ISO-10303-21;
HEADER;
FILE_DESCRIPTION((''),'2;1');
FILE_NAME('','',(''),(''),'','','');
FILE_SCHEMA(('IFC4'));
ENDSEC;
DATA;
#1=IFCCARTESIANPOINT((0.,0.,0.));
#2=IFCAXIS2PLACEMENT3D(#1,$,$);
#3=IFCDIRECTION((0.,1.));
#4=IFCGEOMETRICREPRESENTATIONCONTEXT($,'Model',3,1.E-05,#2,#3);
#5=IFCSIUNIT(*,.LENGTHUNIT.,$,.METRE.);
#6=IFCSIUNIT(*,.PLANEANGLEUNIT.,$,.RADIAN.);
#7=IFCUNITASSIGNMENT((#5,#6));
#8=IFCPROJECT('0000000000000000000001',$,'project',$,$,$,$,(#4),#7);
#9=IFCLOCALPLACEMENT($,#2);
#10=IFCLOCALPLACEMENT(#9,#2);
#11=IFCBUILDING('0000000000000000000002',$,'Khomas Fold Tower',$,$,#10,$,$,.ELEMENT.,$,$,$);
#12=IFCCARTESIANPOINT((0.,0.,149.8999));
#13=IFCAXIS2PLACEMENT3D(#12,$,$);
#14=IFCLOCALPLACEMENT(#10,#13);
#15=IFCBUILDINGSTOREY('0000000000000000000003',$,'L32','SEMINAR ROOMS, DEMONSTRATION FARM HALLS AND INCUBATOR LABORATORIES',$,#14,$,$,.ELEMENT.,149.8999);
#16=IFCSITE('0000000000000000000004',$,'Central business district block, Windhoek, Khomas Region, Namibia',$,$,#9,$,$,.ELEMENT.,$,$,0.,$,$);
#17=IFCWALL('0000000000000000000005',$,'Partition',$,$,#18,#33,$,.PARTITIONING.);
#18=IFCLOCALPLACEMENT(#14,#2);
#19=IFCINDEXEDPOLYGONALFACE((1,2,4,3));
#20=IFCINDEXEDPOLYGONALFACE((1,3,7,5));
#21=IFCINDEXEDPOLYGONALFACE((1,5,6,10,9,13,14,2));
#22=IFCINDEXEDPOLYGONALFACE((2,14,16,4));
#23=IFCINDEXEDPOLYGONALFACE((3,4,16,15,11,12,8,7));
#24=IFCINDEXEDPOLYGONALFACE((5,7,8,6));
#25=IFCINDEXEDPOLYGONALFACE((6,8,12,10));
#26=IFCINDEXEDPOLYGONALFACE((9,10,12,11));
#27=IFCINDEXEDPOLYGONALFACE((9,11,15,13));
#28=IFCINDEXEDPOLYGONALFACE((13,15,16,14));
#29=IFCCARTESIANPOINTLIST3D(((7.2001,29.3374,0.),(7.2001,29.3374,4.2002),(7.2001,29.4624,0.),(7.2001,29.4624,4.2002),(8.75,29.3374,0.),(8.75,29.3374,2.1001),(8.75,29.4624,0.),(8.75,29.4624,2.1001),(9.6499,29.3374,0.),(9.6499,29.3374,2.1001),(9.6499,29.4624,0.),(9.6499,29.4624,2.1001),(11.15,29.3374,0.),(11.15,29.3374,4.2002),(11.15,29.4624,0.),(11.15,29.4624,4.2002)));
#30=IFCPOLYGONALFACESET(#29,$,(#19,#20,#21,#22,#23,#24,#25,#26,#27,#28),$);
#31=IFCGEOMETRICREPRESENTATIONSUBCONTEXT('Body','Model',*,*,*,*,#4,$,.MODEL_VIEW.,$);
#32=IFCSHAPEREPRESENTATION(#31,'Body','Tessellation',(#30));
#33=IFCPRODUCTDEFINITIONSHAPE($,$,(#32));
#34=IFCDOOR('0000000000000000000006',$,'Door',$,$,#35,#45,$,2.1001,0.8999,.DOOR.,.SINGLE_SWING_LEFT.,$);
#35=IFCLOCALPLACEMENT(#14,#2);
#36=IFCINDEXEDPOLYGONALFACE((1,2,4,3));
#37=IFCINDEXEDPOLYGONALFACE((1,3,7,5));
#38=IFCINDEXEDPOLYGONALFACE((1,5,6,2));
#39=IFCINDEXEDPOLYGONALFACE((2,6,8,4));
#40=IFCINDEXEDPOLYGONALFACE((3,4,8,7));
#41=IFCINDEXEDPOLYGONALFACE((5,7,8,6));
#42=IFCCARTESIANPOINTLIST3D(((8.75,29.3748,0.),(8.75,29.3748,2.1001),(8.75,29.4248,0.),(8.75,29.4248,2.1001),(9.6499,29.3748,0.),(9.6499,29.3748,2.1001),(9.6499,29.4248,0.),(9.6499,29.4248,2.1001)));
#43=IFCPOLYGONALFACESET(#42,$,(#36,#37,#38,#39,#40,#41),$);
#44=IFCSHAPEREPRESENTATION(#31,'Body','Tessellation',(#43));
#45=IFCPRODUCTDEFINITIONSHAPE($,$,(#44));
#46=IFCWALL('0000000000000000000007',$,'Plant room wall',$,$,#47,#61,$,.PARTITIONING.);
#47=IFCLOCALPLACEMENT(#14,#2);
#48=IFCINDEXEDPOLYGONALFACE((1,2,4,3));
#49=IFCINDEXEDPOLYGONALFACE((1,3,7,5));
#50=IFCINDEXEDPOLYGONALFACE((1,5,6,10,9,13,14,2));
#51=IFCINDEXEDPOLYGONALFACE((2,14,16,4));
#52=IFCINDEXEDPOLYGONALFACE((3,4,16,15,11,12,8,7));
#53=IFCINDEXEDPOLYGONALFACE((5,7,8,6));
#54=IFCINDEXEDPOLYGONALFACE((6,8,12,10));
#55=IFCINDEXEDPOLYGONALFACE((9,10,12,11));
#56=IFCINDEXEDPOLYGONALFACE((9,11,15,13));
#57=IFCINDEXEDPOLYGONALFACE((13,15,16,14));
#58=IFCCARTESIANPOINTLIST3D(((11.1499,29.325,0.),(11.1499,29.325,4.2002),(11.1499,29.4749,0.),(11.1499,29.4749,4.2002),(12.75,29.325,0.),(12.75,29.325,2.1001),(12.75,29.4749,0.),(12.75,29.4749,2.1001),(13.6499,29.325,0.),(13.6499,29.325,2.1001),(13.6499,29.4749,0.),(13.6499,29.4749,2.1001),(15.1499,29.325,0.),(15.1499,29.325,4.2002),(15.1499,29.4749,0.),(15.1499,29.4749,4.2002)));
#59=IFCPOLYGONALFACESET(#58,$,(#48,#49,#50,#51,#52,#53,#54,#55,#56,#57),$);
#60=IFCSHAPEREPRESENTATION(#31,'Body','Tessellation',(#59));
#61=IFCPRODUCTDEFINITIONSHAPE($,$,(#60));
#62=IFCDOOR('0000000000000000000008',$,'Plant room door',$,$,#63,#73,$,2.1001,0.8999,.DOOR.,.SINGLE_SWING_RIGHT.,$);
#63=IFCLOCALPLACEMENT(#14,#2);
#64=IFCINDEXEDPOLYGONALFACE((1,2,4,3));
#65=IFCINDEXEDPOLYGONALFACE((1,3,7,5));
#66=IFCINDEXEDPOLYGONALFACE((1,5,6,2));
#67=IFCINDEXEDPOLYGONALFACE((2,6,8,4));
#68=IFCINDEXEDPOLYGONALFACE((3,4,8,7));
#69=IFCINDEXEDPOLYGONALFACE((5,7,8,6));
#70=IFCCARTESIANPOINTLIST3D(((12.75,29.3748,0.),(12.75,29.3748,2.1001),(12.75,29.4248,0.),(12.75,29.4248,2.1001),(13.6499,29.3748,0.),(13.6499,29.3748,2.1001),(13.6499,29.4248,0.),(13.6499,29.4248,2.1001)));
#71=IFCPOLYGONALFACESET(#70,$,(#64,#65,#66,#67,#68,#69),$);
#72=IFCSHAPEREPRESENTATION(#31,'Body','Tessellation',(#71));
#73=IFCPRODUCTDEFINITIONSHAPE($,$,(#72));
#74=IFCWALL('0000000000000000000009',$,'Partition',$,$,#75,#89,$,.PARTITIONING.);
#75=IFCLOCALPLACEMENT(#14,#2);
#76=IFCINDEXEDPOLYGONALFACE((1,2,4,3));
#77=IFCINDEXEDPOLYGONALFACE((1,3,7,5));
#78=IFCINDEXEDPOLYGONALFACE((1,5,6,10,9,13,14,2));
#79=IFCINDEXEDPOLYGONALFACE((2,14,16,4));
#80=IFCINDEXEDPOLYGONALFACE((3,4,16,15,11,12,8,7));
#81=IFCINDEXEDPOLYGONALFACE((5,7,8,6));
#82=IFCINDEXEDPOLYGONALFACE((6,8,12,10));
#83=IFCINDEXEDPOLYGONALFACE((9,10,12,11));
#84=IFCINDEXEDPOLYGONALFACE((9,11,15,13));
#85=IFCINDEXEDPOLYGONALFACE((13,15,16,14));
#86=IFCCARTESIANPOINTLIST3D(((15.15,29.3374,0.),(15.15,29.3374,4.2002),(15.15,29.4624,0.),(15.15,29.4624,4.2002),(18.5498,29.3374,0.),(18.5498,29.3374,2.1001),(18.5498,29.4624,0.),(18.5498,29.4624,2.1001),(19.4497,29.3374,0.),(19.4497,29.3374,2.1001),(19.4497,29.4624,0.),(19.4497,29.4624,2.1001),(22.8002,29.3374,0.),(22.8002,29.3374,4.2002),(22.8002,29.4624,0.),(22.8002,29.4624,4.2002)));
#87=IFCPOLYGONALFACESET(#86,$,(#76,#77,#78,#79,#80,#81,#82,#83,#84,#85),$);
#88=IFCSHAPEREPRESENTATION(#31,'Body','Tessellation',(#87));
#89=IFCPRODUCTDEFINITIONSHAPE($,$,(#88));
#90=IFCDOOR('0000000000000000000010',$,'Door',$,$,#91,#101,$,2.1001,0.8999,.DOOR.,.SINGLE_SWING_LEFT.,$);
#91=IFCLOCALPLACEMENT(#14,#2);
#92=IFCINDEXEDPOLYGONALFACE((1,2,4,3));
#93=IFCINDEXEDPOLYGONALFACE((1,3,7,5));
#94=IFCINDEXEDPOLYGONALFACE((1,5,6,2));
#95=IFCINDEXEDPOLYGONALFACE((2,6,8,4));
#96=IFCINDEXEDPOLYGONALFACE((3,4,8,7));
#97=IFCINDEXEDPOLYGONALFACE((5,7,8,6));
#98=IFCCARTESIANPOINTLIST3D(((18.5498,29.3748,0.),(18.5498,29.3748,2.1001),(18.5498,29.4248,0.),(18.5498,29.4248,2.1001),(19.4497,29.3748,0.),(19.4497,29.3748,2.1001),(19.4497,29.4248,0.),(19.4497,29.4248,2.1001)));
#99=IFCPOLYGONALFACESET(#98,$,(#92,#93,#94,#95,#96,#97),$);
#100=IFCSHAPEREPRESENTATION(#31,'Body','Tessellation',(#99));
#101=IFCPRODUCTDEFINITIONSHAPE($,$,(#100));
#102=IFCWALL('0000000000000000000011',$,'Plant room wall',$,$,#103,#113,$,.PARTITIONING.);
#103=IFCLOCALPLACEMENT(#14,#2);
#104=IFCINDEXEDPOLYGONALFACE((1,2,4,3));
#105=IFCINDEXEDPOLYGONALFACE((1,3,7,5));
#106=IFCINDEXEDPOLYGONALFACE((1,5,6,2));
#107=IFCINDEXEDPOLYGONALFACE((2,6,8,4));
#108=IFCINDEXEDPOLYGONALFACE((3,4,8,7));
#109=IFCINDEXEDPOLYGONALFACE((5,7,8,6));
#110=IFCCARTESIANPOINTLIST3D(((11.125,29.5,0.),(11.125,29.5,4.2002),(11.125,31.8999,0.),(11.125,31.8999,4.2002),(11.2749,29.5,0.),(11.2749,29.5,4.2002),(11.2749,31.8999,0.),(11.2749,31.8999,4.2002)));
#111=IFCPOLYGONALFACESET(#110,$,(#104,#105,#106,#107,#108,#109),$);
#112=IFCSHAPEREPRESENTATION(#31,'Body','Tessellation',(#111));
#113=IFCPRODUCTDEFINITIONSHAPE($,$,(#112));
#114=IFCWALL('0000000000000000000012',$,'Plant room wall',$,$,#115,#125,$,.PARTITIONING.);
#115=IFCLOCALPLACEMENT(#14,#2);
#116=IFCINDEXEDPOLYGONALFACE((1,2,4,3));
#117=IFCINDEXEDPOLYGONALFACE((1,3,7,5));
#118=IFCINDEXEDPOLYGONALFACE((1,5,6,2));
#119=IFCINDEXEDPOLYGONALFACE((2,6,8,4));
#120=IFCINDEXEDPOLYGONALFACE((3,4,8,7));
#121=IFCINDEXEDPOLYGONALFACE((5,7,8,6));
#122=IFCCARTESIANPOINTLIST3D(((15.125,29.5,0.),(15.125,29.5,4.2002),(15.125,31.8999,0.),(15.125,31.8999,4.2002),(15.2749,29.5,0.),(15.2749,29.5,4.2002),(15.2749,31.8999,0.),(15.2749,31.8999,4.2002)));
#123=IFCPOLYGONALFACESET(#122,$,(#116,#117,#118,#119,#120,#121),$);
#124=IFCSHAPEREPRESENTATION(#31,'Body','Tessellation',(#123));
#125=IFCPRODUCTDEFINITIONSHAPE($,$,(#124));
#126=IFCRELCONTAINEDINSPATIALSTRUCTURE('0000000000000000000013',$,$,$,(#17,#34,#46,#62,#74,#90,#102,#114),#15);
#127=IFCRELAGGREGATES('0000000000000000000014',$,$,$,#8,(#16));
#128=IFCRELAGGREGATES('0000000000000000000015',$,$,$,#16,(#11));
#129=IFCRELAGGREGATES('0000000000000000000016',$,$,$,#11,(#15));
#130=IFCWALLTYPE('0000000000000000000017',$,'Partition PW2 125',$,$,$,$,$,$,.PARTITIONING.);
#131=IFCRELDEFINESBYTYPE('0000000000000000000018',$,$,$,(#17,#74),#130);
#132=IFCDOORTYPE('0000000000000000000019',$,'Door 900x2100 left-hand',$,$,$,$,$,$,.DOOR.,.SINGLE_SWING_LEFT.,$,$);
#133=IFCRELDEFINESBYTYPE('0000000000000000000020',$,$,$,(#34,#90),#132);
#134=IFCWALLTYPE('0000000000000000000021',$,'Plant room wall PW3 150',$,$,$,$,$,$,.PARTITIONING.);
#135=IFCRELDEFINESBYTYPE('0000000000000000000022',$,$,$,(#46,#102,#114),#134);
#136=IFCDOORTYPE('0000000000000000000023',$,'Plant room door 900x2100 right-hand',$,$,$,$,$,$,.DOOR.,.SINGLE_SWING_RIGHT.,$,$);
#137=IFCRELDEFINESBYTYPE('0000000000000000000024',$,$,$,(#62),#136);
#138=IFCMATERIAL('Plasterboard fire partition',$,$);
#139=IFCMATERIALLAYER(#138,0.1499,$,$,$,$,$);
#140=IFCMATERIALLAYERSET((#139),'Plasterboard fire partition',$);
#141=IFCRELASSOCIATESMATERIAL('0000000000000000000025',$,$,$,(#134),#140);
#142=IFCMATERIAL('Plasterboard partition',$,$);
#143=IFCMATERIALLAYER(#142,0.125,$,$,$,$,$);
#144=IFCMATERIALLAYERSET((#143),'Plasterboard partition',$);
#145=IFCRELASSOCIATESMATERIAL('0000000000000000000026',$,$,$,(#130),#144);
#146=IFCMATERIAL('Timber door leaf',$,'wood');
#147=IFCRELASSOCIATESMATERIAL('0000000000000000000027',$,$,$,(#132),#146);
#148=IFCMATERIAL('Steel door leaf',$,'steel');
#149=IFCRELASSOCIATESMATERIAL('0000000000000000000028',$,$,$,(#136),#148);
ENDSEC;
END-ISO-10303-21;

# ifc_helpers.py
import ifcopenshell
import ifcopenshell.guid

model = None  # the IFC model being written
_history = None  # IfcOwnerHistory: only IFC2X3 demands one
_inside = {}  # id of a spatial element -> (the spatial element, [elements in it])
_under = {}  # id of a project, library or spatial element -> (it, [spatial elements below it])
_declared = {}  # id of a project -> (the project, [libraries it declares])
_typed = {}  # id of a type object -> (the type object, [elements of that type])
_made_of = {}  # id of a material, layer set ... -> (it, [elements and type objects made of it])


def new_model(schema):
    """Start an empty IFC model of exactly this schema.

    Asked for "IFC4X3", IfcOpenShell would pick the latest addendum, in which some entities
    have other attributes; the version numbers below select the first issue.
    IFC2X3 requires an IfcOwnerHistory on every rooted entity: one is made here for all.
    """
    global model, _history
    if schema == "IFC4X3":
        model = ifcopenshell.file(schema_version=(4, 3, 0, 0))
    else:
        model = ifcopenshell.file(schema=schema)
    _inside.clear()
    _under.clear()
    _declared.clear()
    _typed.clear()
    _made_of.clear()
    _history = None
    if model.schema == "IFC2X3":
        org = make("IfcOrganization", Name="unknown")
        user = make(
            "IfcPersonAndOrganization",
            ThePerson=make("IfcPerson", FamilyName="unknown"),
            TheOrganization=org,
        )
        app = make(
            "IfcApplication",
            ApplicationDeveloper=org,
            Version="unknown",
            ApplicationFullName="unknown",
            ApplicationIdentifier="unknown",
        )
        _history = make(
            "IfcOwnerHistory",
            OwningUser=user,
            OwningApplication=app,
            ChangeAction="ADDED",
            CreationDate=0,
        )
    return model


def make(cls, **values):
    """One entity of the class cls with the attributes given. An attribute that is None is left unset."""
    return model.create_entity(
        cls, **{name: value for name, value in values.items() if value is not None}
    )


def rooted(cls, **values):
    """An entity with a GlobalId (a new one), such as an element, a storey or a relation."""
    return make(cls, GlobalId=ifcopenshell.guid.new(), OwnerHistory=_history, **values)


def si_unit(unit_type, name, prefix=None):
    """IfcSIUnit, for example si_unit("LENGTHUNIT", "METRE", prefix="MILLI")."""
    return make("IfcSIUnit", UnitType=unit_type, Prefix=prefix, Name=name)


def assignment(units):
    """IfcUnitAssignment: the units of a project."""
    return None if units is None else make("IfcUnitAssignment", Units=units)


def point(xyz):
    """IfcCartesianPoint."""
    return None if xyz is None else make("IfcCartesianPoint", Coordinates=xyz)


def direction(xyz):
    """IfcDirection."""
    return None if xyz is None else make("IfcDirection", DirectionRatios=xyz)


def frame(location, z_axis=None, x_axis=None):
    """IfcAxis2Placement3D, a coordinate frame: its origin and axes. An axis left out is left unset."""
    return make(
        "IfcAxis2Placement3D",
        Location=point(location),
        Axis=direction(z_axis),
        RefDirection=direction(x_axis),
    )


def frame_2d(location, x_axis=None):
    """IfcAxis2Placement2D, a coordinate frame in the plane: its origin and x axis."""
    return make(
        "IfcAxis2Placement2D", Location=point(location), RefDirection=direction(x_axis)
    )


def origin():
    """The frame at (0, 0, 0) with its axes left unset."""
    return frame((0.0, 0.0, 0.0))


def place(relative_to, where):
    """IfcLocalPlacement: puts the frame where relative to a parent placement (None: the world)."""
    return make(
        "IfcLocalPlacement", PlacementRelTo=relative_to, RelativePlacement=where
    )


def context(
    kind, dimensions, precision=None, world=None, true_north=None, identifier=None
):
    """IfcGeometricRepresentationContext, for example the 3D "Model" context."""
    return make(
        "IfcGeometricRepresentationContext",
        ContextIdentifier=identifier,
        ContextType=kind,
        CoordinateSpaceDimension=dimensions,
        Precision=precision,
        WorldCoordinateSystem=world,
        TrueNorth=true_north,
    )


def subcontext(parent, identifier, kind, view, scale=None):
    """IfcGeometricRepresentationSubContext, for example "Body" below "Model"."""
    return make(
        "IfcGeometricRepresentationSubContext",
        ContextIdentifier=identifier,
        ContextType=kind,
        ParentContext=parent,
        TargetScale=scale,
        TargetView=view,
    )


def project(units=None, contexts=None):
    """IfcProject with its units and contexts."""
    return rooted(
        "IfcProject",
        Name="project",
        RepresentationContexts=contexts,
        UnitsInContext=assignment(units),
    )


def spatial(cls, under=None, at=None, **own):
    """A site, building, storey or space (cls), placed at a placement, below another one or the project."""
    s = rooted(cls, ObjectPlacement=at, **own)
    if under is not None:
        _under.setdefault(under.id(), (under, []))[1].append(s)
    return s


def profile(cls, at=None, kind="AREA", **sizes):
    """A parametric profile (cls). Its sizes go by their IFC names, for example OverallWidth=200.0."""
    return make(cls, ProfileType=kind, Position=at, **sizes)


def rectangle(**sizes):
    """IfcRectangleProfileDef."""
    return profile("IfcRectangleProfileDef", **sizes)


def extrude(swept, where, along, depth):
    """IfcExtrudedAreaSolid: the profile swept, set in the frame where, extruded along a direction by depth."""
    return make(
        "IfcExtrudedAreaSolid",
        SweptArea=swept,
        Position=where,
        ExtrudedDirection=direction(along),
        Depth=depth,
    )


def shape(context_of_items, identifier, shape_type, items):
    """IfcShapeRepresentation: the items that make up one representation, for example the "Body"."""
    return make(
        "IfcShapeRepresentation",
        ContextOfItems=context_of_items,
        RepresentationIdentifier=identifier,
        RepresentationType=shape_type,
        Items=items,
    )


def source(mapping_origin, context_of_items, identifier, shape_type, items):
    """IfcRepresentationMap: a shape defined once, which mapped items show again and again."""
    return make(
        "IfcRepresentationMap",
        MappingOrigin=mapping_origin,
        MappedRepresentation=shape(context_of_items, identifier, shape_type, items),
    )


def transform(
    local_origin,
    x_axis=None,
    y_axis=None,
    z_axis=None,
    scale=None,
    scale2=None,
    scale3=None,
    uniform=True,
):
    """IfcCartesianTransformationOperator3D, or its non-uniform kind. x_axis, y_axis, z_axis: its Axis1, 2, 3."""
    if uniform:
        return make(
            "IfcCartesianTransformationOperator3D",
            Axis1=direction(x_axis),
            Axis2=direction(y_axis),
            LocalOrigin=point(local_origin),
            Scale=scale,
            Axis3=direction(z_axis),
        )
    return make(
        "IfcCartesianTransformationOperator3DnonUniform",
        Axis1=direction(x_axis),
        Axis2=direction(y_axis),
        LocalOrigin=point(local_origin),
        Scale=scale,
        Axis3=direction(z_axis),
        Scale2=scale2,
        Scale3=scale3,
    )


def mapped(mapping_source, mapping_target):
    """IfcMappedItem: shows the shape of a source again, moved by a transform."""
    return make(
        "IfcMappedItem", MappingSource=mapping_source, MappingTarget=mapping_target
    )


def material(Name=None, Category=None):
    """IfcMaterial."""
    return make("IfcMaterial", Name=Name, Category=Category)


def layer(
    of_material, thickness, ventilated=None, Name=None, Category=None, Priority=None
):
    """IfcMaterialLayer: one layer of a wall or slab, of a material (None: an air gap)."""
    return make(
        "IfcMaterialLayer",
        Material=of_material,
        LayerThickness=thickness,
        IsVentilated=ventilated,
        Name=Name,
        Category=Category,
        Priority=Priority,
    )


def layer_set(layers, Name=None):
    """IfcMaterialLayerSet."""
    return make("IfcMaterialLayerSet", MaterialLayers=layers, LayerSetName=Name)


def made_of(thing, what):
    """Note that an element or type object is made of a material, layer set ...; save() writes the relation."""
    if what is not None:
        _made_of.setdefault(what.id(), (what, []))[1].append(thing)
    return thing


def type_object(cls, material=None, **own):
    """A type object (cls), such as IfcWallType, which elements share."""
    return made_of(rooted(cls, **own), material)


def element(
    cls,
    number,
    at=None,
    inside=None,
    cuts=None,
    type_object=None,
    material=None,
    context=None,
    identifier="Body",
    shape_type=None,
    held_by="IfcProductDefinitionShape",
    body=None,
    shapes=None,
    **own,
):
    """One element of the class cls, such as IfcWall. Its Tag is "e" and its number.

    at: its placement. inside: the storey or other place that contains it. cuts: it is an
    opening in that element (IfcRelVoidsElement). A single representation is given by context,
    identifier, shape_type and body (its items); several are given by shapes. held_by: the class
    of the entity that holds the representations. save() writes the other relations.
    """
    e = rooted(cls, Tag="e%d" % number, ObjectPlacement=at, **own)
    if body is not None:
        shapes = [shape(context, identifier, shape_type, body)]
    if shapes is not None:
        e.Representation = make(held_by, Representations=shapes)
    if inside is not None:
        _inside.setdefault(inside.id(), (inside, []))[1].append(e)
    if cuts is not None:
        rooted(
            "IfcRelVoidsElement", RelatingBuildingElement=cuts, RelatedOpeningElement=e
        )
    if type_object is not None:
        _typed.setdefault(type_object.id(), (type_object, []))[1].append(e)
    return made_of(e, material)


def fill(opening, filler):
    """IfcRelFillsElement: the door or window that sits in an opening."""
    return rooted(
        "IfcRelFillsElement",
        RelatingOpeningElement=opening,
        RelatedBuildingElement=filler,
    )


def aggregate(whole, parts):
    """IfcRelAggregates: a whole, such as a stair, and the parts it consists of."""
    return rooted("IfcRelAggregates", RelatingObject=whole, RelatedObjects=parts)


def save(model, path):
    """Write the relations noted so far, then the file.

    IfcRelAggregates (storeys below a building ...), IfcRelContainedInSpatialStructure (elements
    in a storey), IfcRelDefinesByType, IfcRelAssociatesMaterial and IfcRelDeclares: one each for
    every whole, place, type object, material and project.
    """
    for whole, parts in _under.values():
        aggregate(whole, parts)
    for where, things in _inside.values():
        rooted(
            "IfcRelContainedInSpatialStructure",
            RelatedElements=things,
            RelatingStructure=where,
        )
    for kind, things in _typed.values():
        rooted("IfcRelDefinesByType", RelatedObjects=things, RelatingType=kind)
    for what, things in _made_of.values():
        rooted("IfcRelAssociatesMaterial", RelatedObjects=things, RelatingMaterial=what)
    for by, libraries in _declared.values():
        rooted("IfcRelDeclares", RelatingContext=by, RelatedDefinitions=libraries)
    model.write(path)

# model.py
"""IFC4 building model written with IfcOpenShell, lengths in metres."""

from ifc_helpers import new_model, si_unit, direction, frame, frame_2d, origin, place, context, subcontext, project, spatial, rectangle, extrude, source, transform, mapped, material, layer, layer_set, type_object, element, fill, save


model = new_model("IFC4")

# Units and contexts
model_context = context("Model", 3, precision=1e-05, world=origin(), true_north=direction((0.0, 1.0)))
body_context = subcontext(model_context, "Body", "Model", "MODEL_VIEW")
ifc_project = project(units=[si_unit("LENGTHUNIT", "METRE"), si_unit("PLANEANGLEUNIT", "RADIAN")], contexts=[model_context])

# Site, building, storey
site_placement = place(None, origin())
site = spatial("IfcSite", under=ifc_project, at=site_placement, Name="Central business district block, Windhoek, Khomas Region, Namibia", CompositionType="ELEMENT", RefElevation=0.0)
building_placement = place(site_placement, origin())
building = spatial("IfcBuilding", under=site, at=building_placement, Name="Khomas Fold Tower", CompositionType="ELEMENT")
storey_placement = place(building_placement, frame((0.0, 0.0, 149.8999)))
storey = spatial("IfcBuildingStorey", under=building, at=storey_placement, Name="L32", Description="SEMINAR ROOMS, DEMONSTRATION FARM HALLS AND INCUBATOR LABORATORIES", CompositionType="ELEMENT", Elevation=149.8999)

# Shared definitions
ifc_material_1 = material(Name="Plasterboard fire partition")
ifc_layer_1 = layer(ifc_material_1, 0.1499)
ifc_layer_set_1 = layer_set([ifc_layer_1], Name="Plasterboard fire partition")
wall_type_1 = type_object("IfcWallType", Name="Plant room wall PW3 150", PredefinedType="PARTITIONING", material=ifc_layer_set_1)

# Shared definitions
ifc_material_2 = material(Name="Plasterboard partition")
ifc_layer_2 = layer(ifc_material_2, 0.125)
ifc_layer_set_2 = layer_set([ifc_layer_2], Name="Plasterboard partition")
wall_type_2 = type_object("IfcWallType", Name="Partition PW2 125", PredefinedType="PARTITIONING", material=ifc_layer_set_2)
shared_shape_1 = source(origin(), body_context, "Body", "SweptSolid", [
    extrude(rectangle(XDim=0.8999, YDim=2.1001, at=frame_2d((0.45, 1.05))), frame((0.0, 0.0725, 0.0), z_axis=(0.0, -1.0, 0.0), x_axis=(1.0, 0.0, 0.0)), (0.0, 0.0, 1.0), 0.145),
])
shared_shape_2 = source(origin(), body_context, "Body", "SweptSolid", [
    extrude(rectangle(XDim=0.8999, YDim=2.1001, at=frame_2d((0.45, 1.05))), frame((0.0, 0.0249, 0.0), z_axis=(0.0, -1.0, 0.0), x_axis=(1.0, 0.0, 0.0)), (0.0, 0.0, 1.0), 0.05),
])

# Walls, openings, doors
shared_shape_3 = source(origin(), body_context, "Body", "SweptSolid", [
    extrude(rectangle(XDim=3.95, YDim=0.125, at=frame_2d((1.9751, 0.0))), origin(), (0.0, 0.0, 1.0), 4.2002),
])
wall_1_placement = place(storey_placement, frame((7.2, 29.3999, 0.0), z_axis=(0.0, 0.0, 1.0), x_axis=(1.0, 0.0, 0.0)))
wall_1 = element("IfcWall", 1, at=wall_1_placement, inside=storey, type_object=wall_type_2, Name="Partition", PredefinedType="PARTITIONING", context=body_context, shape_type="MappedRepresentation", body=[
    mapped(shared_shape_3, transform((0.0, 0.0, 0.0))),
])
opening_1_placement = place(wall_1_placement, frame((1.55, 0.0, 0.0)))
opening_1 = element("IfcOpeningElement", 2, at=opening_1_placement, cuts=wall_1, PredefinedType="OPENING", context=body_context, shape_type="MappedRepresentation", body=[
    mapped(shared_shape_1, transform((0.0, 0.0, 0.0))),
])
ifc_material_3 = material(Name="Timber door leaf", Category="wood")
door_type_1 = type_object("IfcDoorType", Name="Door 900x2100 left-hand", OperationType="SINGLE_SWING_LEFT", PredefinedType="DOOR", material=ifc_material_3)
door_1_placement = place(opening_1_placement, origin())
door_1 = element("IfcDoor", 3, at=door_1_placement, inside=storey, type_object=door_type_1, Name="Door", OperationType="SINGLE_SWING_LEFT", OverallHeight=2.1001, OverallWidth=0.8999, PredefinedType="DOOR", context=body_context, shape_type="MappedRepresentation", body=[
    mapped(shared_shape_2, transform((0.0, 0.0, 0.0))),
])
fill(opening_1, door_1)
shared_shape_4 = source(origin(), body_context, "Body", "SweptSolid", [
    extrude(rectangle(XDim=4.0, YDim=0.1499, at=frame_2d((2.0, 0.0))), origin(), (0.0, 0.0, 1.0), 4.2002),
])
wall_2_placement = place(storey_placement, frame((11.1499, 29.3999, 0.0), z_axis=(0.0, 0.0, 1.0), x_axis=(1.0, 0.0, 0.0)))
wall_2 = element("IfcWall", 4, at=wall_2_placement, inside=storey, type_object=wall_type_1, Name="Plant room wall", PredefinedType="PARTITIONING", context=body_context, shape_type="MappedRepresentation", body=[
    mapped(shared_shape_4, transform((0.0, 0.0, 0.0))),
])
shared_shape_5 = source(origin(), body_context, "Body", "SweptSolid", [
    extrude(rectangle(XDim=0.8999, YDim=2.1001, at=frame_2d((0.45, 1.05))), frame((0.0, 0.085, 0.0), z_axis=(0.0, -1.0, 0.0), x_axis=(1.0, 0.0, 0.0)), (0.0, 0.0, 1.0), 0.1699),
])
opening_2_placement = place(wall_2_placement, frame((1.6001, 0.0, 0.0)))
opening_2 = element("IfcOpeningElement", 5, at=opening_2_placement, cuts=wall_2, PredefinedType="OPENING", context=body_context, shape_type="MappedRepresentation", body=[
    mapped(shared_shape_5, transform((0.0, 0.0, 0.0))),
])
ifc_material_4 = material(Name="Steel door leaf", Category="steel")
door_type_2 = type_object("IfcDoorType", Name="Plant room door 900x2100 right-hand", OperationType="SINGLE_SWING_RIGHT", PredefinedType="DOOR", material=ifc_material_4)
door_2_placement = place(opening_2_placement, origin())
door_2 = element("IfcDoor", 6, at=door_2_placement, inside=storey, type_object=door_type_2, Name="Plant room door", OperationType="SINGLE_SWING_RIGHT", OverallHeight=2.1001, OverallWidth=0.8999, PredefinedType="DOOR", context=body_context, shape_type="MappedRepresentation", body=[
    mapped(shared_shape_2, transform((0.0, 0.0, 0.0))),
])
fill(opening_2, door_2)
shared_shape_6 = source(origin(), body_context, "Body", "SweptSolid", [
    extrude(rectangle(XDim=7.6501, YDim=0.125, at=frame_2d((3.8252, 0.0))), origin(), (0.0, 0.0, 1.0), 4.2002),
])
wall_3_placement = place(storey_placement, frame((15.1499, 29.3999, 0.0), z_axis=(0.0, 0.0, 1.0), x_axis=(1.0, 0.0, 0.0)))
wall_3 = element("IfcWall", 7, at=wall_3_placement, inside=storey, type_object=wall_type_2, Name="Partition", PredefinedType="PARTITIONING", context=body_context, shape_type="MappedRepresentation", body=[
    mapped(shared_shape_6, transform((0.0, 0.0, 0.0))),
])
opening_3_placement = place(wall_3_placement, frame((3.3999, 0.0, 0.0)))
opening_3 = element("IfcOpeningElement", 8, at=opening_3_placement, cuts=wall_3, PredefinedType="OPENING", context=body_context, shape_type="MappedRepresentation", body=[
    mapped(shared_shape_1, transform((0.0, 0.0, 0.0))),
])
door_3_placement = place(opening_3_placement, origin())
door_3 = element("IfcDoor", 9, at=door_3_placement, inside=storey, type_object=door_type_1, Name="Door", OperationType="SINGLE_SWING_LEFT", OverallHeight=2.1001, OverallWidth=0.8999, PredefinedType="DOOR", context=body_context, shape_type="MappedRepresentation", body=[
    mapped(shared_shape_2, transform((0.0, 0.0, 0.0))),
])
fill(opening_3, door_3)

# Walls
shared_shape_7 = source(origin(), body_context, "Body", "SweptSolid", [
    extrude(rectangle(XDim=2.3999, YDim=0.1499, at=frame_2d((1.2, 0.0))), origin(), (0.0, 0.0, 1.0), 4.2002),
])
for number, where, z_axis, x_axis, name in (
    (10, (11.2, 29.5, 0.0), (0.0, 0.0, 1.0), (0.0, 1.0, 0.0), "Plant room wall"),
    (11, (15.2, 29.5, 0.0), (0.0, 0.0, 1.0), (0.0, 1.0, 0.0), "Plant room wall"),
):
    element("IfcWall", number, at=place(storey_placement, frame(where, z_axis=z_axis, x_axis=x_axis)), inside=storey, type_object=wall_type_1, Name=name, PredefinedType="PARTITIONING", context=body_context, shape_type="MappedRepresentation", body=[
        mapped(shared_shape_7, transform((0.0, 0.0, 0.0))),
    ])

save(model, "model.ifc")
